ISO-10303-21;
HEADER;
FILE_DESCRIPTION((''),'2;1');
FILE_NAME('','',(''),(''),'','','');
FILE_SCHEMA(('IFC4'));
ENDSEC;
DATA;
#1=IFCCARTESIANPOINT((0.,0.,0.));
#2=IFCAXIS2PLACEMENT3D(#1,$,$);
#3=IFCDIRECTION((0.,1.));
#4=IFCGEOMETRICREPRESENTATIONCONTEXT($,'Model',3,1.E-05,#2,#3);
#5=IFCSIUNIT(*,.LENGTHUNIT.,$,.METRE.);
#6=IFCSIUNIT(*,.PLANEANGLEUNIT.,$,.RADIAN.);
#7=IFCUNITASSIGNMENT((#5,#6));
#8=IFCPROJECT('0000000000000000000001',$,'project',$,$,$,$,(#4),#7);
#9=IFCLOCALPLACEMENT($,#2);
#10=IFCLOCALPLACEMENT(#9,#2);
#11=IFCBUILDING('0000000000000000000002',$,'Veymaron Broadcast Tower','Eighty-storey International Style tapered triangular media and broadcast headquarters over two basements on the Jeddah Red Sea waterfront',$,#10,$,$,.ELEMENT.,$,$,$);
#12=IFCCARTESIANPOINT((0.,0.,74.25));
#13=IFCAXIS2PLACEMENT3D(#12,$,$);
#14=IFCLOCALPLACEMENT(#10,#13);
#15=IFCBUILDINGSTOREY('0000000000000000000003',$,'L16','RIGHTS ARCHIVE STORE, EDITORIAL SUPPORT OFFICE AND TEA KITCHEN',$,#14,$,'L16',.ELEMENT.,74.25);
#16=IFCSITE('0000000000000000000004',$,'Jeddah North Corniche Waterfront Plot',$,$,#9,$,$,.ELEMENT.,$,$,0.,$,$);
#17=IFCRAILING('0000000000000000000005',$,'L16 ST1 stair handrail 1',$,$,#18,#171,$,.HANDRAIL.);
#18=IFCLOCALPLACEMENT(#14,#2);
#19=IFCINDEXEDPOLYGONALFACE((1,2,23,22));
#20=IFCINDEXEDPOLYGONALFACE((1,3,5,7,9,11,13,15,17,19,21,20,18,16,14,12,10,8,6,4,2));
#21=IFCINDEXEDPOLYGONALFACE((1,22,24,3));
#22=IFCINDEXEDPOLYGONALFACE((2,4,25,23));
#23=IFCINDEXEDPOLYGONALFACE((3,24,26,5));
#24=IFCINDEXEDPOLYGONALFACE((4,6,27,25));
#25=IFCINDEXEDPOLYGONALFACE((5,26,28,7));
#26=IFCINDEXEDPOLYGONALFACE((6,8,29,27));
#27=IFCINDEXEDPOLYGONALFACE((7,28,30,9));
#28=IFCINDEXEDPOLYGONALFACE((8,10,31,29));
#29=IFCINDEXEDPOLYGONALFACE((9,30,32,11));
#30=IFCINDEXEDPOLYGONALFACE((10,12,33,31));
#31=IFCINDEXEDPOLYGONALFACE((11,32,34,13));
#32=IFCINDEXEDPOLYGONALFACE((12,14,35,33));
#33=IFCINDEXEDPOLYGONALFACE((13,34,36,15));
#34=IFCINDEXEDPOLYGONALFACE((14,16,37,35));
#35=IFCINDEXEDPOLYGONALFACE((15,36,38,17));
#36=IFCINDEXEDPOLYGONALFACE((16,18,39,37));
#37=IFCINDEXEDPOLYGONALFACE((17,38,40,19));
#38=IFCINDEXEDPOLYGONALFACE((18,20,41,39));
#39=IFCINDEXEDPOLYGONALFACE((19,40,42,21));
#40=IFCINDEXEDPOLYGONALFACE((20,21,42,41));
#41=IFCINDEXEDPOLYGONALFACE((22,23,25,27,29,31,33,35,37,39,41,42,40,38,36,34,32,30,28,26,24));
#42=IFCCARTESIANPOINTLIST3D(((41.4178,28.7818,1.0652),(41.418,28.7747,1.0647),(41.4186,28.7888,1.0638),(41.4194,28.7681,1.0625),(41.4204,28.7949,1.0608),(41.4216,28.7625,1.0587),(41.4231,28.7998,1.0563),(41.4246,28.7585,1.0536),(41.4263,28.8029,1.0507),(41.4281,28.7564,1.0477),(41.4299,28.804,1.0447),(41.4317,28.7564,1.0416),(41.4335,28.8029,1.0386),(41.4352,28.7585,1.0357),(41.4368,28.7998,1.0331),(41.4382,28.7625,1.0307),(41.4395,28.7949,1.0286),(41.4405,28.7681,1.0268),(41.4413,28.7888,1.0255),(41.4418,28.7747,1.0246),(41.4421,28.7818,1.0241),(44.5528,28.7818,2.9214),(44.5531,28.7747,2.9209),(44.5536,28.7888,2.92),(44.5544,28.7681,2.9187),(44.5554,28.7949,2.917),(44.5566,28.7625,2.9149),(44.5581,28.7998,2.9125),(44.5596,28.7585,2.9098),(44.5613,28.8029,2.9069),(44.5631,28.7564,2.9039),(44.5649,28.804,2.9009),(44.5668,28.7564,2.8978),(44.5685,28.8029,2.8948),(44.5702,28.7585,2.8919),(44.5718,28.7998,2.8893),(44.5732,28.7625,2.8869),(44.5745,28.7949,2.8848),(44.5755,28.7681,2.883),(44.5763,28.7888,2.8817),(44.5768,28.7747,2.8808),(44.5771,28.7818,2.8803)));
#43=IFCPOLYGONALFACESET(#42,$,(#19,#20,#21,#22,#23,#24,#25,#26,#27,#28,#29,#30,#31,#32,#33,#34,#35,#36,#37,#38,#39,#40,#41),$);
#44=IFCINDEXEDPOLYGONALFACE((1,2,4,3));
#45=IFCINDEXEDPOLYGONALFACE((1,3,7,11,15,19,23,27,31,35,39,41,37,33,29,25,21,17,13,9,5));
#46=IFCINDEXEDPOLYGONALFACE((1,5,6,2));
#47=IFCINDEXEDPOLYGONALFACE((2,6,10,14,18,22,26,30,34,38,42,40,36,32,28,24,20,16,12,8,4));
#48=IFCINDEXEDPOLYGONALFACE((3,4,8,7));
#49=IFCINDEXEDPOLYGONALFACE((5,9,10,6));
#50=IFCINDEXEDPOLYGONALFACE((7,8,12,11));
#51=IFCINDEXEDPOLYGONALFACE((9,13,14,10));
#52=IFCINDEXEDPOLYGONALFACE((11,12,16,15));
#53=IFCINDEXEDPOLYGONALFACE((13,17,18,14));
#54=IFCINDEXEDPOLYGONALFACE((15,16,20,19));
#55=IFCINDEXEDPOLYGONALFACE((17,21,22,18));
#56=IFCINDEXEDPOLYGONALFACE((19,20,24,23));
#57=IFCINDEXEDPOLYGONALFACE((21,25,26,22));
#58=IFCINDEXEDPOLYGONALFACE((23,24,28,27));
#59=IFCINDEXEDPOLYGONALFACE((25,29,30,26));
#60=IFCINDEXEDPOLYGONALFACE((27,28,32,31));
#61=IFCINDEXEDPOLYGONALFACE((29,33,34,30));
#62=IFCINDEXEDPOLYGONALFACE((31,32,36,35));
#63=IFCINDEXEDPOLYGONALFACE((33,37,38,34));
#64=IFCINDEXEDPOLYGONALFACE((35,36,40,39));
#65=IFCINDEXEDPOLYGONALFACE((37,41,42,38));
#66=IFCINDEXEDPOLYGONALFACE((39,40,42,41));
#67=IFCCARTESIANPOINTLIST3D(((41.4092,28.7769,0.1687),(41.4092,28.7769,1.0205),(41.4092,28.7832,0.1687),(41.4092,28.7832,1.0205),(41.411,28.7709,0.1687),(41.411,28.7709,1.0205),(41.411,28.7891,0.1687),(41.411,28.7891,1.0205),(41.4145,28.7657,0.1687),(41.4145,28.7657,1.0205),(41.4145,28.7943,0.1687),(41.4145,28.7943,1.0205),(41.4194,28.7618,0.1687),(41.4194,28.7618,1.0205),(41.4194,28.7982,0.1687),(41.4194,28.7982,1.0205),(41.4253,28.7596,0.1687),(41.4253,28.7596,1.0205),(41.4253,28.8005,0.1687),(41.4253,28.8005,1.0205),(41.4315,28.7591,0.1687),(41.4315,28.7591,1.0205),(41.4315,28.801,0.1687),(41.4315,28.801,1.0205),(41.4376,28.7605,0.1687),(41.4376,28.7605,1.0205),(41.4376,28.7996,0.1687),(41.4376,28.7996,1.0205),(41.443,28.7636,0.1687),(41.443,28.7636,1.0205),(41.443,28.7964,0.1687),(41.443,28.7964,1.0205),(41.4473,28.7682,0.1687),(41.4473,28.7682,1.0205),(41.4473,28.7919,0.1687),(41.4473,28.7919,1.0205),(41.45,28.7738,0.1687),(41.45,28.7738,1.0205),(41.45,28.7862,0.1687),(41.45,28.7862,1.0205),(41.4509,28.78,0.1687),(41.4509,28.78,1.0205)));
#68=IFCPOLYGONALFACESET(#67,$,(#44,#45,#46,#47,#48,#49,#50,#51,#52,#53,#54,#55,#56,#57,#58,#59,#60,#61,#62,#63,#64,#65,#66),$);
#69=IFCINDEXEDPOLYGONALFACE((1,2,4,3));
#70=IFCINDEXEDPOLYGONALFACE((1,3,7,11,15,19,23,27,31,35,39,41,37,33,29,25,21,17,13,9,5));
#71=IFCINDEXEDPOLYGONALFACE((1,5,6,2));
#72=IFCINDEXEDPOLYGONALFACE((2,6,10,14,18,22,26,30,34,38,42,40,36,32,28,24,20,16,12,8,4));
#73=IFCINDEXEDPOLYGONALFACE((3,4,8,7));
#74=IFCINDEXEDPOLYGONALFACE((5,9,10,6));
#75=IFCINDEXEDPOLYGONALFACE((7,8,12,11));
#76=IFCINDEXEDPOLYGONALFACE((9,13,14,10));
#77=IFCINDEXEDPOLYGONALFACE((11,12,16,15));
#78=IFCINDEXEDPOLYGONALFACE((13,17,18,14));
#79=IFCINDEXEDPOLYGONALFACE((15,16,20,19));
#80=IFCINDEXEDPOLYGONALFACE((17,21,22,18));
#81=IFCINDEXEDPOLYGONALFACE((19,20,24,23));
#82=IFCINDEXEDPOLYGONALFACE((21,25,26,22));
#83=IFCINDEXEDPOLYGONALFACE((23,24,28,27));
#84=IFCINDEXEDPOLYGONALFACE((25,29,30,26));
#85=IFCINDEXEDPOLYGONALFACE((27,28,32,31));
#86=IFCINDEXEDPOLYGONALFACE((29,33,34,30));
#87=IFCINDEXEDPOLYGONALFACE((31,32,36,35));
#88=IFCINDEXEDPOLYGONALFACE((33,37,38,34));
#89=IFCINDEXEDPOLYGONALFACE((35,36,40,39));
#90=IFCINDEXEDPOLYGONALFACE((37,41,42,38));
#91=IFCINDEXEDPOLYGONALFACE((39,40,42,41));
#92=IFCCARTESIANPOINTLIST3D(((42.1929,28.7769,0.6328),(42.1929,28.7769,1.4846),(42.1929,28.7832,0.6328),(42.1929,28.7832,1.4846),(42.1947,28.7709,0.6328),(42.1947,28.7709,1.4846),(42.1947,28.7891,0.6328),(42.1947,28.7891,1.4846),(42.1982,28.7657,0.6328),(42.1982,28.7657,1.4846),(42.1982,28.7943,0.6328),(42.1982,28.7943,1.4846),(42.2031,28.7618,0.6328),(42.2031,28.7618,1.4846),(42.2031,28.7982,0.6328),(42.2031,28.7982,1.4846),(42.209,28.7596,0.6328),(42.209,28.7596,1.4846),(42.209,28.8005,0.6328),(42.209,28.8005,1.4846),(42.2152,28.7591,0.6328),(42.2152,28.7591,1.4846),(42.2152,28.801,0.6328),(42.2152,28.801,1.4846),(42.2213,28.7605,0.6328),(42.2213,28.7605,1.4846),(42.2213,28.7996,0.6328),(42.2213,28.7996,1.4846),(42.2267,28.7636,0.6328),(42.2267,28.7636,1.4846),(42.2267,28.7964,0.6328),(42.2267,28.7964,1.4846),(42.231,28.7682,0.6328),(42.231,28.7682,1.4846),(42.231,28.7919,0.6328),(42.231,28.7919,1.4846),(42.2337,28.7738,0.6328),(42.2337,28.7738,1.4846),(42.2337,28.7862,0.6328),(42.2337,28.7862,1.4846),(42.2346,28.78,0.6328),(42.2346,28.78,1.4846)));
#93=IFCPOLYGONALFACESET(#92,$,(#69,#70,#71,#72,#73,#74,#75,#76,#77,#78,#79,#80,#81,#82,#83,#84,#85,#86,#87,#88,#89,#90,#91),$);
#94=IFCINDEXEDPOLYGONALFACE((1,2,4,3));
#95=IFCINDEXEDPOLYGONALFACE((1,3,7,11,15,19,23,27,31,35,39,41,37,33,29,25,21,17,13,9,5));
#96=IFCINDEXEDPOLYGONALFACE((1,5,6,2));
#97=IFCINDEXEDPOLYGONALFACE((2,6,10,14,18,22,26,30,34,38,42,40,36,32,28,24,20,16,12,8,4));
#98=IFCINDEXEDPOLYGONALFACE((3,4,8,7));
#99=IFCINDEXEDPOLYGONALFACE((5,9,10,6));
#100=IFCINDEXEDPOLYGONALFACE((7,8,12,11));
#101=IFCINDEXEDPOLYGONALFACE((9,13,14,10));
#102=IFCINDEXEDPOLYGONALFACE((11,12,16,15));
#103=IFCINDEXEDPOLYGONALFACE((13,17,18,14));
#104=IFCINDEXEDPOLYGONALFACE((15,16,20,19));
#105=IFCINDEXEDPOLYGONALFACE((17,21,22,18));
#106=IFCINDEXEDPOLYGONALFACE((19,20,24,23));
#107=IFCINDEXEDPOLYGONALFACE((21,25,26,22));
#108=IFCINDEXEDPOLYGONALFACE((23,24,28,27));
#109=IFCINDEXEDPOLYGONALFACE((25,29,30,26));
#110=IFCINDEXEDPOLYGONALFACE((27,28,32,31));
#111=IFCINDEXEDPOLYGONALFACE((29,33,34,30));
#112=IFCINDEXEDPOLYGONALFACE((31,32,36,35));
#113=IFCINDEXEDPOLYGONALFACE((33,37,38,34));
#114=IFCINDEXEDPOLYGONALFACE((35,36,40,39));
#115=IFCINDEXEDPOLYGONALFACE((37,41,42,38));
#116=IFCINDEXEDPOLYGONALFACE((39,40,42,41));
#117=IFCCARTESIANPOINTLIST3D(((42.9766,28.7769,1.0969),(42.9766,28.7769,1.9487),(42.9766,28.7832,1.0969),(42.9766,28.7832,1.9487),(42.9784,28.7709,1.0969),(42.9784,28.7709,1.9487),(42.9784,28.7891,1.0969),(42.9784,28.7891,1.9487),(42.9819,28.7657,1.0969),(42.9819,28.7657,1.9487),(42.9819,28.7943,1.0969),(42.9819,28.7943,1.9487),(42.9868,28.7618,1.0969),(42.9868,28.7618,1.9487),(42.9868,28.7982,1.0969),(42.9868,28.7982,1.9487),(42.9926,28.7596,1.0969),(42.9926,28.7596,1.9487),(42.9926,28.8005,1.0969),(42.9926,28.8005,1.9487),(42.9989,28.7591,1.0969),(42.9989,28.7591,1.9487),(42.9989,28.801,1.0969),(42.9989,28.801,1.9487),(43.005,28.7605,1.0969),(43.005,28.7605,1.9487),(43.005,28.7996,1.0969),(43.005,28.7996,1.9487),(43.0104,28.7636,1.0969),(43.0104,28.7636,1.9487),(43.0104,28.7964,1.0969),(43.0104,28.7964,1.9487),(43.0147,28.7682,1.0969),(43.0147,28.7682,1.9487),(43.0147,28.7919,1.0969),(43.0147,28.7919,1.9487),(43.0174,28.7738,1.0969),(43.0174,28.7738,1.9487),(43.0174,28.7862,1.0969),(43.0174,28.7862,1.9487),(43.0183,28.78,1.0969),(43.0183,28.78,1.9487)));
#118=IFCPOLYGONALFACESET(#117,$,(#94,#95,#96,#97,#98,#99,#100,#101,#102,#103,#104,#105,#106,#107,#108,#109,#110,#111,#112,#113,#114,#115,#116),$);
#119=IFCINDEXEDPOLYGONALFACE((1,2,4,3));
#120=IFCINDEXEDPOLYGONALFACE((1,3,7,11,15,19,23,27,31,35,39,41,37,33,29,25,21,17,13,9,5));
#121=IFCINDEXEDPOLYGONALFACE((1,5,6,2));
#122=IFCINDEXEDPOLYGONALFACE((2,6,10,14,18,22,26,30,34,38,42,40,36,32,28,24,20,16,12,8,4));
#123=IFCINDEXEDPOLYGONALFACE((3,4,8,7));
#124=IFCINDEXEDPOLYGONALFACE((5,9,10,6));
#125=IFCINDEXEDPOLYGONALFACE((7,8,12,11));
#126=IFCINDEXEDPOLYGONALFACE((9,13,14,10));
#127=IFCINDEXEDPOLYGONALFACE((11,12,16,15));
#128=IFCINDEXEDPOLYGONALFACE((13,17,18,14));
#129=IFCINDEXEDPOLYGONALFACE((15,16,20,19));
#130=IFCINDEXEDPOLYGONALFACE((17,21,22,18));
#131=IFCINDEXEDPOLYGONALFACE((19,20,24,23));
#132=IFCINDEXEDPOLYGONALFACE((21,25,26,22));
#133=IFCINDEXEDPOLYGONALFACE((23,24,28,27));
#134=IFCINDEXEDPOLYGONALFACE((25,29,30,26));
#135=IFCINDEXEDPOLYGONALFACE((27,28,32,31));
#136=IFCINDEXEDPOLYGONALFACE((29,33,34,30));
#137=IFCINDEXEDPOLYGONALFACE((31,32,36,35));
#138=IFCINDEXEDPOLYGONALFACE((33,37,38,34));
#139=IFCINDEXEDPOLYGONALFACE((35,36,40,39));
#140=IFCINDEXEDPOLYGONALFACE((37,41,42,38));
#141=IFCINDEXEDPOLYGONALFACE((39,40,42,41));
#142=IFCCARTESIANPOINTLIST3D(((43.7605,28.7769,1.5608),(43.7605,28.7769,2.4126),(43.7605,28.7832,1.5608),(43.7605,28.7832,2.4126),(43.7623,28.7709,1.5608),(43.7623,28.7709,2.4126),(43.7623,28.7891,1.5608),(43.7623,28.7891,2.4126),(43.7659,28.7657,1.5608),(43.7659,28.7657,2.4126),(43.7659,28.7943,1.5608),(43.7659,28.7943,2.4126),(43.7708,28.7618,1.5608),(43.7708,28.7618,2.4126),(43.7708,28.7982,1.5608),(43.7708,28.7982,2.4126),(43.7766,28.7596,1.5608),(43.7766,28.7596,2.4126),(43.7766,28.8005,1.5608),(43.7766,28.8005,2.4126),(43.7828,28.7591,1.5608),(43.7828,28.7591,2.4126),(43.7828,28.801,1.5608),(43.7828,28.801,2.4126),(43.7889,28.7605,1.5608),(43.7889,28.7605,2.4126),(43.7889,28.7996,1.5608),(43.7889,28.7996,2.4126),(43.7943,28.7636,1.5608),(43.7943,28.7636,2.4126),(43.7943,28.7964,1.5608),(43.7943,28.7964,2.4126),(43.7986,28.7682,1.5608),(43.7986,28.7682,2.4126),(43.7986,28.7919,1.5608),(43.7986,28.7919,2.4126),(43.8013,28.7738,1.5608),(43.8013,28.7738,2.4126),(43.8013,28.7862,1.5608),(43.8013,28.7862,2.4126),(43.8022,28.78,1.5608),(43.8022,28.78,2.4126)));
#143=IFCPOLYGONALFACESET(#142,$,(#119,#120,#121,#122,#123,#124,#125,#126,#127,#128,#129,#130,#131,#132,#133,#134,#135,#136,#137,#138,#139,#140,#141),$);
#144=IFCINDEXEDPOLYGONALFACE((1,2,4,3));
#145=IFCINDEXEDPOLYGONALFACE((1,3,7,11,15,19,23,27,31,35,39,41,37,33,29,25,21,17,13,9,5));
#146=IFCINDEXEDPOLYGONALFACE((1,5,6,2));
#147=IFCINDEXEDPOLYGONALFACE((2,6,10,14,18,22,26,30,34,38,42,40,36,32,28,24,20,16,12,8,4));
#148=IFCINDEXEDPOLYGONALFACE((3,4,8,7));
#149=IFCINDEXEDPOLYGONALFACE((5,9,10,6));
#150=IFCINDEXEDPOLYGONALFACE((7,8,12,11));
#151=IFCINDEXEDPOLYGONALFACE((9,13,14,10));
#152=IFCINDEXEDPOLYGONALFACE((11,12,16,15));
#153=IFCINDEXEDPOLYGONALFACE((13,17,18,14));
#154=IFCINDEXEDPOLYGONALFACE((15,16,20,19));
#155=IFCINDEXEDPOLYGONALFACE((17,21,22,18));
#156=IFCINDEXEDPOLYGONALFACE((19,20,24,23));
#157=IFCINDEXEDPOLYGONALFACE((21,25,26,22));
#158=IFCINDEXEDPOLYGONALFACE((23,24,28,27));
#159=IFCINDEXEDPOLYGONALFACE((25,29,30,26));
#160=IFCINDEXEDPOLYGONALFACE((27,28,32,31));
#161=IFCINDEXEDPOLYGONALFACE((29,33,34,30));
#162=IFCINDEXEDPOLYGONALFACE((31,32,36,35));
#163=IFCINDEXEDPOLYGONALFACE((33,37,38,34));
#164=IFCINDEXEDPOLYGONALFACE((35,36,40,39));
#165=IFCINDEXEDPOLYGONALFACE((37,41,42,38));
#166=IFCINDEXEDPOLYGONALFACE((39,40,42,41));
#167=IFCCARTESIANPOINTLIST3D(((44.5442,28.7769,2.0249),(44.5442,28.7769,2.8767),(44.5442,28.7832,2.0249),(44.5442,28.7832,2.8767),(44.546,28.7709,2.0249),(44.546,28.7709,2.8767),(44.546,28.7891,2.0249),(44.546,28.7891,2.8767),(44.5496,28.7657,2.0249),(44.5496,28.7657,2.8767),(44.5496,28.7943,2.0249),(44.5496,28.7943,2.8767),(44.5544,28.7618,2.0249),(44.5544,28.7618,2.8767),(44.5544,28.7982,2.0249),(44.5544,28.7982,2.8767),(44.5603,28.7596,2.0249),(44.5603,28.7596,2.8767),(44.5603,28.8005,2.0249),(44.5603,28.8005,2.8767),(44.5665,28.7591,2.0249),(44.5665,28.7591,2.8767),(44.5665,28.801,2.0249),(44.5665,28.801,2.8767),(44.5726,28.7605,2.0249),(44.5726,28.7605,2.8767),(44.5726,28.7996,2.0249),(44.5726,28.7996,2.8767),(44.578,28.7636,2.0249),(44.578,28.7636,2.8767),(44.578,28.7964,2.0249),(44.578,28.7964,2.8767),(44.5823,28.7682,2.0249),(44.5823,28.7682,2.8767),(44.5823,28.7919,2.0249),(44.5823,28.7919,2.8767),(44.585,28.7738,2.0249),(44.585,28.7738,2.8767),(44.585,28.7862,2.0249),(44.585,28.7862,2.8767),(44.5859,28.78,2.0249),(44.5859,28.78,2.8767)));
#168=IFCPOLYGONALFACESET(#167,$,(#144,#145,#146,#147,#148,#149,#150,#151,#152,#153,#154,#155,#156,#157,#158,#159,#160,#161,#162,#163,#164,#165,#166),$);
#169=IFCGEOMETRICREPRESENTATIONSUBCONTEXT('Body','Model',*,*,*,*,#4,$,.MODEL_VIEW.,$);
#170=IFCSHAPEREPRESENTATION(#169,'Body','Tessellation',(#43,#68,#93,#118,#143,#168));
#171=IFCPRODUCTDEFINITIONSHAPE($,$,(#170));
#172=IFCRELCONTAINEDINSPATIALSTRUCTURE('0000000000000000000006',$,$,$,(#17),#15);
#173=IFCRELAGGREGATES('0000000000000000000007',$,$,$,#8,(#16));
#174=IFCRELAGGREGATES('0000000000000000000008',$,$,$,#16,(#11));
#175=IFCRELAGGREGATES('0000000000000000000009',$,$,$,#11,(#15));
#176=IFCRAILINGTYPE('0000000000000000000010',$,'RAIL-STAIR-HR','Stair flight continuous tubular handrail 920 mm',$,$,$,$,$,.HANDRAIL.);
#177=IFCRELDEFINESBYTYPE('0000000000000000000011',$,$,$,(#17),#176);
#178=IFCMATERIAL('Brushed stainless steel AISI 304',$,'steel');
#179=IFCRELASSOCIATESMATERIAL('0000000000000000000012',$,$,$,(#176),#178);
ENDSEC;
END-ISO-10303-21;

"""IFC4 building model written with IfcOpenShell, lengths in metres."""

from ifc_helpers import new_model, si_unit, direction, frame, origin, origin_2d, place, context, subcontext, project, spatial, circle, extrude, material, type_object, element, save


model = new_model("IFC4")

# Units and contexts
model_context = context("Model", 3, precision=1e-05, world=origin(), true_north=direction((0.0, 1.0)))
body_context = subcontext(model_context, "Body", "Model", "MODEL_VIEW")
ifc_project = project(units=[si_unit("LENGTHUNIT", "METRE"), si_unit("PLANEANGLEUNIT", "RADIAN")], contexts=[model_context])

# Site, building, storey
site_placement = place(None, origin())
site = spatial("IfcSite", under=ifc_project, at=site_placement, Name="Jeddah North Corniche Waterfront Plot", CompositionType="ELEMENT", RefElevation=0.0)
building_placement = place(site_placement, origin())
building = spatial("IfcBuilding", under=site, at=building_placement, Name="Veymaron Broadcast Tower", Description="Eighty-storey International Style tapered triangular media and broadcast headquarters over two basements on the Jeddah Red Sea waterfront", CompositionType="ELEMENT")
storey_placement = place(building_placement, frame((0.0, 0.0, 74.25)))
storey = spatial("IfcBuildingStorey", under=building, at=storey_placement, Name="L16", Description="RIGHTS ARCHIVE STORE, EDITORIAL SUPPORT OFFICE AND TEA KITCHEN", LongName="L16", CompositionType="ELEMENT", Elevation=74.25)

# Shared definitions
ifc_material_1 = material(Name="Brushed stainless steel AISI 304", Category="steel")

# Railing
railing_type_1 = type_object("IfcRailingType", Name="RAIL-STAIR-HR", Description="Stair flight continuous tubular handrail 920 mm", PredefinedType="HANDRAIL", material=ifc_material_1)
railing_1_placement = place(storey_placement, frame((41.4299, 28.78, 0.1687)))
element("IfcRailing", 1, at=railing_1_placement, inside=storey, type_object=railing_type_1, Name="L16 ST1 stair handrail 1", PredefinedType="HANDRAIL", context=body_context, shape_type="SweptSolid", body=[
    extrude(circle(Radius=0.0239, at=origin_2d()), frame((0.0, 0.0, 0.876), z_axis=(0.860482, 0.0, 0.509481), x_axis=(0.0, 1.0, 0.0)), (0.0, 0.0, 1.0), 3.6433),
    extrude(circle(Radius=0.021, at=origin_2d()), origin(), (0.0, 0.0, 1.0), 0.8518),
    extrude(circle(Radius=0.021, at=origin_2d()), frame((0.7837, 0.0, 0.4641)), (0.0, 0.0, 1.0), 0.8518),
    extrude(circle(Radius=0.021, at=origin_2d()), frame((1.5674, 0.0, 0.9282)), (0.0, 0.0, 1.0), 0.8518),
    extrude(circle(Radius=0.021, at=origin_2d()), frame((2.3513, 0.0, 1.3921)), (0.0, 0.0, 1.0), 0.8518),
    extrude(circle(Radius=0.021, at=origin_2d()), frame((3.135, 0.0, 1.8562)), (0.0, 0.0, 1.0), 0.8518),
])

save(model, "model.ifc")
